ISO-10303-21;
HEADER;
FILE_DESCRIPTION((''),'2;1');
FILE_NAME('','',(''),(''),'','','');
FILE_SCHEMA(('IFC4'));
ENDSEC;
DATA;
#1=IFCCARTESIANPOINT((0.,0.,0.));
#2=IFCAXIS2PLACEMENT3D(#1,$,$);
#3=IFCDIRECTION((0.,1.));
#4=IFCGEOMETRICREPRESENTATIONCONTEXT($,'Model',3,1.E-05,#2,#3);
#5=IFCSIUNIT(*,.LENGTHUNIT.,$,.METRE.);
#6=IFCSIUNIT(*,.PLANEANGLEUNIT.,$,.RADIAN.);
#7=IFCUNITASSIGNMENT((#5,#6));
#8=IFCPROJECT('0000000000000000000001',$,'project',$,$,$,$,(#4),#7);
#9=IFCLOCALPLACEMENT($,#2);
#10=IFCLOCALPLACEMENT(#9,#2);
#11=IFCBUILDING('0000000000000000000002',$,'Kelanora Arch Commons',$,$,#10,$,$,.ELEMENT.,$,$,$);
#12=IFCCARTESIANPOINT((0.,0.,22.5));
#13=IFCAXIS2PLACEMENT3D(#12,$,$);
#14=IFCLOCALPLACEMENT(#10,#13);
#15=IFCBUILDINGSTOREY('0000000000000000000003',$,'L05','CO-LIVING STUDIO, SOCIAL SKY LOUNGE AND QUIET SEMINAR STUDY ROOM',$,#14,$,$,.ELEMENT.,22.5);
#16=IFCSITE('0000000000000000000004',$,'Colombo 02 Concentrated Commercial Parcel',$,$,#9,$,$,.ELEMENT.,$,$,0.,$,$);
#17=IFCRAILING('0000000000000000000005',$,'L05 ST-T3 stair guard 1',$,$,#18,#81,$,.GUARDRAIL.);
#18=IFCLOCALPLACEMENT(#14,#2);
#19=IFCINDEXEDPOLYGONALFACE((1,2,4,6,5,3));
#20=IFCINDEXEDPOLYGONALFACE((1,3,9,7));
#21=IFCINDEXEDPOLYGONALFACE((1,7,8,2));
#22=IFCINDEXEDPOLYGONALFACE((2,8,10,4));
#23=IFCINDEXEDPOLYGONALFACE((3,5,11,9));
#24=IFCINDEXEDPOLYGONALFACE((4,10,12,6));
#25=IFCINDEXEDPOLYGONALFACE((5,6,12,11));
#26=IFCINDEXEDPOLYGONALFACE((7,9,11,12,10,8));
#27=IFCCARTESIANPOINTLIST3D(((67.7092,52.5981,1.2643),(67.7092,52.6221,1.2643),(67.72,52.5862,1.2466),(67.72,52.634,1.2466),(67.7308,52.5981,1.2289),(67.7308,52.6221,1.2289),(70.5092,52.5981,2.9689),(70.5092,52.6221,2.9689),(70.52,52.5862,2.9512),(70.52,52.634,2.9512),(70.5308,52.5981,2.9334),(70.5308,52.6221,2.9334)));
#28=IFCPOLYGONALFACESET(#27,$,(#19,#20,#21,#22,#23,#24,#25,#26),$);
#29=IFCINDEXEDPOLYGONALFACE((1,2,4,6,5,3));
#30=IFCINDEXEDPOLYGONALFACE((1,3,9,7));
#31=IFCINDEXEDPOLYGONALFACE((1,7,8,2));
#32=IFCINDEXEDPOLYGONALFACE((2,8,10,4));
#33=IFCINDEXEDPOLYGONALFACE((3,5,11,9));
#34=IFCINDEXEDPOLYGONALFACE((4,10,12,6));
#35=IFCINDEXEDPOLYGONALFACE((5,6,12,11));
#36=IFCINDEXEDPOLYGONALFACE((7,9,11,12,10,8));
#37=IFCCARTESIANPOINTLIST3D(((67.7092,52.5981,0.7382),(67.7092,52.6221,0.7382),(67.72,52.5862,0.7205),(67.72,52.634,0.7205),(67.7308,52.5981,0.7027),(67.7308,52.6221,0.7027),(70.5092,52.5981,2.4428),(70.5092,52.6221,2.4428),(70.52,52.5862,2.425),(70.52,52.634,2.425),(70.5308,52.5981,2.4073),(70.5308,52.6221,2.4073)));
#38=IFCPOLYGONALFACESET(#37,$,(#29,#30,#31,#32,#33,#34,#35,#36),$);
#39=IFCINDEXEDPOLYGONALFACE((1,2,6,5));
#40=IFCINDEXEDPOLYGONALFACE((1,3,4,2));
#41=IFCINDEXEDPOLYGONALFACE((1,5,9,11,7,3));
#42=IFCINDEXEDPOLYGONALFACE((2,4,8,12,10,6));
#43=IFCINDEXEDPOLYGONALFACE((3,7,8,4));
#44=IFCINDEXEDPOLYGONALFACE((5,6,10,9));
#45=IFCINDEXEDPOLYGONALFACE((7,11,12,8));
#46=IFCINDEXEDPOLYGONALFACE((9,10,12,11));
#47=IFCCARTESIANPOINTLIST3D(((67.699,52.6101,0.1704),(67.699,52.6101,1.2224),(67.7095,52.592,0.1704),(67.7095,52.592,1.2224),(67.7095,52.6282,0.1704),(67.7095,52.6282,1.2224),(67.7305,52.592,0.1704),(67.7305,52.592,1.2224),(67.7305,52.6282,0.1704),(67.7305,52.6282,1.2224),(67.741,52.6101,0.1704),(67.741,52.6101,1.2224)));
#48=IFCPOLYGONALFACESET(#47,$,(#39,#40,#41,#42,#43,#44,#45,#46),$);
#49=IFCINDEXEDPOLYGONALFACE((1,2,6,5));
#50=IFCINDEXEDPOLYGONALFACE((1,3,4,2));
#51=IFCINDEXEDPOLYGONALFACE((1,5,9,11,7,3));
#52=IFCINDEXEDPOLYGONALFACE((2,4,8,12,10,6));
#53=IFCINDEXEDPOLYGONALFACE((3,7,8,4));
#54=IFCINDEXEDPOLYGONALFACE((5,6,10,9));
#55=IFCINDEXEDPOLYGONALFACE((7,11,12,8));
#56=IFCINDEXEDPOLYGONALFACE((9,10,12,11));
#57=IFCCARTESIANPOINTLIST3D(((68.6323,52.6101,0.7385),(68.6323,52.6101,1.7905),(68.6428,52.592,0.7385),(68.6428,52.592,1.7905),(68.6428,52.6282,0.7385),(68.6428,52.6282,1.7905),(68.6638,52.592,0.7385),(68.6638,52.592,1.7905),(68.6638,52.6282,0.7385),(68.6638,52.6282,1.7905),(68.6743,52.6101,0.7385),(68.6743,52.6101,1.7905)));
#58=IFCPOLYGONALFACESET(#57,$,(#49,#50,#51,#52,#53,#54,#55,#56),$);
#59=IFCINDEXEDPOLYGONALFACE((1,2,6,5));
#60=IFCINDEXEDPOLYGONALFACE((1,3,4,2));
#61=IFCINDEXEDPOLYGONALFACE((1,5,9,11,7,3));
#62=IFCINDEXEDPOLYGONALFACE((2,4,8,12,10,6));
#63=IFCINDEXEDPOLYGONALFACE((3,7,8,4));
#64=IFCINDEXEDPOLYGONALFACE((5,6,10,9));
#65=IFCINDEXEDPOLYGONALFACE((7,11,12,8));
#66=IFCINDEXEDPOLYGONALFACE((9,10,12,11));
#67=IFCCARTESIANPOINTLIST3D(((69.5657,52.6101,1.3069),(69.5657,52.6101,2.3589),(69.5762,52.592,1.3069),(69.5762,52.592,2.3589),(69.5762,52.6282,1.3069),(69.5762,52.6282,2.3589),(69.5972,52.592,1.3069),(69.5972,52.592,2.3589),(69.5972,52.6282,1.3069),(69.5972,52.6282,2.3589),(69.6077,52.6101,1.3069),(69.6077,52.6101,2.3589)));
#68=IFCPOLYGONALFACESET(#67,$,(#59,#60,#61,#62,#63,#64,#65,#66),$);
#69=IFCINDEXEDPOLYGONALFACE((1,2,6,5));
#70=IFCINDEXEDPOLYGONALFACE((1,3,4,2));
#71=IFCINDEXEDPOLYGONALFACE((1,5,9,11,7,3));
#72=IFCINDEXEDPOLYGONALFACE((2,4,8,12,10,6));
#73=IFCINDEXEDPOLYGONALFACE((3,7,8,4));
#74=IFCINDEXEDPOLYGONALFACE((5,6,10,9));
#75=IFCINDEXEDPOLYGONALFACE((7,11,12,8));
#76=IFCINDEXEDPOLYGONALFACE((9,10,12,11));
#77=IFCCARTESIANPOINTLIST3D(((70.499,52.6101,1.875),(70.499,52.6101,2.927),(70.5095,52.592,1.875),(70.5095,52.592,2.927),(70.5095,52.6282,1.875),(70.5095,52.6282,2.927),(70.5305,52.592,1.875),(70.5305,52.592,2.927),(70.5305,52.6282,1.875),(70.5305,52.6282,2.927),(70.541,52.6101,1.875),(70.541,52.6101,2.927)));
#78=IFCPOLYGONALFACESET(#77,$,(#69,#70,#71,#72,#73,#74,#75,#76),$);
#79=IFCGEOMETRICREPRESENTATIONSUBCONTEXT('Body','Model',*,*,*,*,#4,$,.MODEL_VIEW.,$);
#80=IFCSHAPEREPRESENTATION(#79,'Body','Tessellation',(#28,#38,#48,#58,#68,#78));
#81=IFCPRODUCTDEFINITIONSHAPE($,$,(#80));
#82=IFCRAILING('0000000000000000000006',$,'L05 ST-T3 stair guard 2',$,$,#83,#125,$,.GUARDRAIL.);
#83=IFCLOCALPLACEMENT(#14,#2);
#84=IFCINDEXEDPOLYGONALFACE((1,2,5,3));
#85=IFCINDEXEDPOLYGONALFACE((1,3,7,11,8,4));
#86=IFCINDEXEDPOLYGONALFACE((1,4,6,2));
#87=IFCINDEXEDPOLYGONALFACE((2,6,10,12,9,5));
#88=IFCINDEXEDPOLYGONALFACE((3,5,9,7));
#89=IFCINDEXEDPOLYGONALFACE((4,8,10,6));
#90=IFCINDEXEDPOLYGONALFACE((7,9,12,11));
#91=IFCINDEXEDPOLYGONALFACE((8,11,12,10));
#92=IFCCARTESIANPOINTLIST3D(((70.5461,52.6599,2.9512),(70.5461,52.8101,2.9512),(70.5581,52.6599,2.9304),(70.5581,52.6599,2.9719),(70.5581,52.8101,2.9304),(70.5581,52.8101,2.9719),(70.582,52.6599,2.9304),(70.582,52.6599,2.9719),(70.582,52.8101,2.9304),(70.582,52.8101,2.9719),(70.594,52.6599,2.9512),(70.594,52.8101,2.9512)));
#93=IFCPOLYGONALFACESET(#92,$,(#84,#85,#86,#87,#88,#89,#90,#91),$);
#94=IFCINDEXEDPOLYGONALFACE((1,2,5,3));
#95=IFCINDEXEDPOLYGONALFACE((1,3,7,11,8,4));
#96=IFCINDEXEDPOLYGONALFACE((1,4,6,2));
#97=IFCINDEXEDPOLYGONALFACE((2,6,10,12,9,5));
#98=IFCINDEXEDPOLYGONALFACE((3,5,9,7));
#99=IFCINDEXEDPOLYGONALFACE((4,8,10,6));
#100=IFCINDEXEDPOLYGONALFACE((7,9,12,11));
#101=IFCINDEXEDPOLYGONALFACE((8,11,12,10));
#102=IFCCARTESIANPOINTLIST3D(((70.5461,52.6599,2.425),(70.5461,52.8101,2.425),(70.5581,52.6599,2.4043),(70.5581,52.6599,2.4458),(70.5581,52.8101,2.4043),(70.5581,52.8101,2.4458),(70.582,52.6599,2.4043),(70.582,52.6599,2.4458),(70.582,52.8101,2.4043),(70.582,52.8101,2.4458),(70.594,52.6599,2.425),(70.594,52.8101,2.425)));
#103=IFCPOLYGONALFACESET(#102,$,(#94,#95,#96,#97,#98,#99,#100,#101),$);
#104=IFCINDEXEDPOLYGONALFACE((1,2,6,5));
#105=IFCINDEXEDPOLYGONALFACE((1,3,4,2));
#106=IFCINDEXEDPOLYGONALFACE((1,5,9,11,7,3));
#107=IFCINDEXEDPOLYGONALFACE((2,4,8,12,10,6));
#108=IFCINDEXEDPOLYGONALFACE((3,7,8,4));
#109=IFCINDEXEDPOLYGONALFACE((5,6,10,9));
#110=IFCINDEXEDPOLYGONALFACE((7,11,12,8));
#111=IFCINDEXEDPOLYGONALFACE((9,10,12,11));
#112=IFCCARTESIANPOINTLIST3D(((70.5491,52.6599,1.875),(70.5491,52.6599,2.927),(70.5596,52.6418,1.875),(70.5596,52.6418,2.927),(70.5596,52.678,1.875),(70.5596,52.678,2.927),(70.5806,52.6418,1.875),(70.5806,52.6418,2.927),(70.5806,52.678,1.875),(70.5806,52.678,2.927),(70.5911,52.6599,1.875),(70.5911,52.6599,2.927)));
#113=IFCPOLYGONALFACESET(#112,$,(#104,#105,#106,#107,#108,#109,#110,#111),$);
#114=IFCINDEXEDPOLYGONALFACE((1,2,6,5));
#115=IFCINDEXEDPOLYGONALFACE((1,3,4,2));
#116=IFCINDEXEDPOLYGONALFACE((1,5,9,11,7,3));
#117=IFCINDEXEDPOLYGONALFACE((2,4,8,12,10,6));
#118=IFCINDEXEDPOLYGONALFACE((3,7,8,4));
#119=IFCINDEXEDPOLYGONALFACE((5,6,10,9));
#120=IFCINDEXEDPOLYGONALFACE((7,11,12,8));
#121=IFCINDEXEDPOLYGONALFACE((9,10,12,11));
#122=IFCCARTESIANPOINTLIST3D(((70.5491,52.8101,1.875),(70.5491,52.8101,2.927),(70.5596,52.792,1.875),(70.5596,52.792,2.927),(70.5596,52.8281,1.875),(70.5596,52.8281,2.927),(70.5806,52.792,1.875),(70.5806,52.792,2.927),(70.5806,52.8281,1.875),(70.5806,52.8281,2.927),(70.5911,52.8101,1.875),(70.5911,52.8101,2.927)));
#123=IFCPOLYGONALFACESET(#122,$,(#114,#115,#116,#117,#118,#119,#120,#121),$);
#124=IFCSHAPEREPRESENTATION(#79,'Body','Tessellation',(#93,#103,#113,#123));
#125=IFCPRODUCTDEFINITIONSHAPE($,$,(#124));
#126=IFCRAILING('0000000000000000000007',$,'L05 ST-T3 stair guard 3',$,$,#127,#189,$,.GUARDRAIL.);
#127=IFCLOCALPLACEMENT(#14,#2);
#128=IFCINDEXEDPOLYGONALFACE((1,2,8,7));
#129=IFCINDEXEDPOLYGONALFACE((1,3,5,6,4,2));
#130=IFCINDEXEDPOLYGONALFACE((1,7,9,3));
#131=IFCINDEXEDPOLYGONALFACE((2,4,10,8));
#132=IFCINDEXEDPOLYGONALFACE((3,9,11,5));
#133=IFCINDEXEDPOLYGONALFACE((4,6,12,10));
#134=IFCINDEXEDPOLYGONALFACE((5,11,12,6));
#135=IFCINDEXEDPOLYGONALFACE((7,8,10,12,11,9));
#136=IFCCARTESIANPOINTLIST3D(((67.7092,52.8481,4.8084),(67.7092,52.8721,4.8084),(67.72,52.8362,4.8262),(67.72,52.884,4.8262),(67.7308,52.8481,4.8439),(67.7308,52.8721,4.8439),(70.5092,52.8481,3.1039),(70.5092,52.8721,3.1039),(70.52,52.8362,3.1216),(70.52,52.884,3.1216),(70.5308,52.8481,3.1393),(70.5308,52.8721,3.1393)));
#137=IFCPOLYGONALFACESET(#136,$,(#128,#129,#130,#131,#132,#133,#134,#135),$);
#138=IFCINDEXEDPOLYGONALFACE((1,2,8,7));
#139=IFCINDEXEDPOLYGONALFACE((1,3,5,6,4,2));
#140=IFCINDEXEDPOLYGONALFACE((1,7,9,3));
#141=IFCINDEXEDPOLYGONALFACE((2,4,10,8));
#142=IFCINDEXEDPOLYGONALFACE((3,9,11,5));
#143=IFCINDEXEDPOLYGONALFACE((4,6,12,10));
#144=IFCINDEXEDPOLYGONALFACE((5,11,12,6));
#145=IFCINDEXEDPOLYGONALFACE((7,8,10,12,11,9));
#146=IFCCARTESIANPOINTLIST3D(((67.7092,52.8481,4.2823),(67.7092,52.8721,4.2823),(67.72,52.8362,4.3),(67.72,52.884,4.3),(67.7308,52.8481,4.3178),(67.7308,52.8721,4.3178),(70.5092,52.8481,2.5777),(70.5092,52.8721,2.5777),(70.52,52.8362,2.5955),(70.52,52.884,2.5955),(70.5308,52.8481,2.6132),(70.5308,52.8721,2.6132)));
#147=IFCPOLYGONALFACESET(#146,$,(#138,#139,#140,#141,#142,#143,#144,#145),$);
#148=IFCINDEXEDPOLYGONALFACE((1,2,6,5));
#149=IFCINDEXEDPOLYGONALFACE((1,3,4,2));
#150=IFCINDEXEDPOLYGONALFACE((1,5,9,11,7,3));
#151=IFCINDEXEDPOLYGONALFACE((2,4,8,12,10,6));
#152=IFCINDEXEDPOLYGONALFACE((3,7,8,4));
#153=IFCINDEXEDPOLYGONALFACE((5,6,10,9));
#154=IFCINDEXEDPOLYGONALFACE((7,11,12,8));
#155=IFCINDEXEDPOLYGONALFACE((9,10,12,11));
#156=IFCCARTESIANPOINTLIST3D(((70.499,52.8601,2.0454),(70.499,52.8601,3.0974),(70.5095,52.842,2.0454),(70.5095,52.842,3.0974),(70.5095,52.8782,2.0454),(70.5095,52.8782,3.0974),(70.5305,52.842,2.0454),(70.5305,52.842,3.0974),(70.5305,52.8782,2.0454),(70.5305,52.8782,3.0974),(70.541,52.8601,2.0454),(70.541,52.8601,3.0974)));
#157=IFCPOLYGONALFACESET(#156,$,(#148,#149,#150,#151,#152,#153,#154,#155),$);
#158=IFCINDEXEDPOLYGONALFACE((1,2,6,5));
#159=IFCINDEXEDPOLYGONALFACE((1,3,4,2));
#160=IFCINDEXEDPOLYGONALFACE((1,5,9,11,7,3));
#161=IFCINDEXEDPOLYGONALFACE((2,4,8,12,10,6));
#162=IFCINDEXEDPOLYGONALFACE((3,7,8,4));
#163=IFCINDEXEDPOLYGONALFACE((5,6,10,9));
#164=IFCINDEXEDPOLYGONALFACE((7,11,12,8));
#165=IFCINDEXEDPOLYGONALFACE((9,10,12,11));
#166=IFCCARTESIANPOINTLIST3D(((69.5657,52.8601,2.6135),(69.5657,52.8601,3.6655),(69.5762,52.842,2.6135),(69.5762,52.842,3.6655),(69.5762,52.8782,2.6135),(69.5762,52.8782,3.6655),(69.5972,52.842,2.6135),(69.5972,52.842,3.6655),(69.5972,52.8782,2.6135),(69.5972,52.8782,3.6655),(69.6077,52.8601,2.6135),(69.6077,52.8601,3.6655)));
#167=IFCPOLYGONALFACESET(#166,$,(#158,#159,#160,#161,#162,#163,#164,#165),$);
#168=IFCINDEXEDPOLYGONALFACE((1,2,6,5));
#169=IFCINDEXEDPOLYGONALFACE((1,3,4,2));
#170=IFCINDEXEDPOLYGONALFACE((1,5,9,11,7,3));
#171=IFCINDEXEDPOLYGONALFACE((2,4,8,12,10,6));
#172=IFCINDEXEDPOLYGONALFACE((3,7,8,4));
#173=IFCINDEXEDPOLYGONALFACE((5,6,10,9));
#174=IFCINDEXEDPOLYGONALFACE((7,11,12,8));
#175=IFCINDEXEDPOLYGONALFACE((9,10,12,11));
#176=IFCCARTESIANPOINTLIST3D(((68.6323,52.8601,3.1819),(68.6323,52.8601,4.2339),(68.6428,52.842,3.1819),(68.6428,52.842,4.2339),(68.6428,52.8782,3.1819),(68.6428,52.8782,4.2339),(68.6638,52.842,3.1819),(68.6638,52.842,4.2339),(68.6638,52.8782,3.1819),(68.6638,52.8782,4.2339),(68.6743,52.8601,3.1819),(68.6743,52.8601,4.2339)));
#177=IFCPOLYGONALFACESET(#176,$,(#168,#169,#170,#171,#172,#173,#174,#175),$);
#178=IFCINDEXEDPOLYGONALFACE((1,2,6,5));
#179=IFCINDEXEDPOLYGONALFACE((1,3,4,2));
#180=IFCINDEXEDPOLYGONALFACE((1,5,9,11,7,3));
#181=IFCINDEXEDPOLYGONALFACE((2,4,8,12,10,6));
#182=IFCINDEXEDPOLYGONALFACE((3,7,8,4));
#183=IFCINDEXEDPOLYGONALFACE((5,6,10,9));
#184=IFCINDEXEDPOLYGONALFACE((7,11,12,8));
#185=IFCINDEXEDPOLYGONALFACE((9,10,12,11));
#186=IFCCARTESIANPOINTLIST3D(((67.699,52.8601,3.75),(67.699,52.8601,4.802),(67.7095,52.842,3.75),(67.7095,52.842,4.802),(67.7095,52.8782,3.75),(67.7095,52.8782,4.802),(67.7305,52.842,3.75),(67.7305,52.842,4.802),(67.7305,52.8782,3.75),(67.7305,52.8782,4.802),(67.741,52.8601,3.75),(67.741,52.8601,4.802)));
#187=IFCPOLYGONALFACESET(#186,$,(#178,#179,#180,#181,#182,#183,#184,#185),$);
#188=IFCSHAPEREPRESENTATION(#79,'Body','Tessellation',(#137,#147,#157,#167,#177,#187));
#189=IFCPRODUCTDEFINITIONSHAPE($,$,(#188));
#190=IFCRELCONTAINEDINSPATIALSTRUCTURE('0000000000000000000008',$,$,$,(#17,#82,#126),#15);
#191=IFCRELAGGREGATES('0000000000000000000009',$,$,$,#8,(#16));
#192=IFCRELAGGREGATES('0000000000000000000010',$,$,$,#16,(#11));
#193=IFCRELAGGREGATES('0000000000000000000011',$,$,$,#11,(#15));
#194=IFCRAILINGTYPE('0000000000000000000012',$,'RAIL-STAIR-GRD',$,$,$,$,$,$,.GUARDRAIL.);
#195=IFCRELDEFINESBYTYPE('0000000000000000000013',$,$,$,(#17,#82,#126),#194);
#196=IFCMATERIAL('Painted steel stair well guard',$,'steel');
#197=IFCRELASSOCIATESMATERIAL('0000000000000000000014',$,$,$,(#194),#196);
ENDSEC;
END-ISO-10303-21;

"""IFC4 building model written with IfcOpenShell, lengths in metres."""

from ifc_helpers import new_model, si_unit, direction, frame, origin, place, context, subcontext, project, spatial, polyline, outline, extrude, material, type_object, element, save


model = new_model("IFC4")

# Units and contexts
model_context = context("Model", 3, precision=1e-05, world=origin(), true_north=direction((0.0, 1.0)))
body_context = subcontext(model_context, "Body", "Model", "MODEL_VIEW")
ifc_project = project(units=[si_unit("LENGTHUNIT", "METRE"), si_unit("PLANEANGLEUNIT", "RADIAN")], contexts=[model_context])

# Site, building, storey
site_placement = place(None, origin())
site = spatial("IfcSite", under=ifc_project, at=site_placement, Name="Colombo 02 Concentrated Commercial Parcel", CompositionType="ELEMENT", RefElevation=0.0)
building_placement = place(site_placement, origin())
building = spatial("IfcBuilding", under=site, at=building_placement, Name="Kelanora Arch Commons", CompositionType="ELEMENT")
storey_placement = place(building_placement, frame((0.0, 0.0, 22.5)))
storey = spatial("IfcBuildingStorey", under=building, at=storey_placement, Name="L05", Description="CO-LIVING STUDIO, SOCIAL SKY LOUNGE AND QUIET SEMINAR STUDY ROOM", CompositionType="ELEMENT", Elevation=22.5)

# Railings
ifc_material_1 = material(Name="Painted steel stair well guard", Category="steel")
railing_type_1 = type_object("IfcRailingType", Name="RAIL-STAIR-GRD", PredefinedType="GUARDRAIL", material=ifc_material_1)
railing_1_placement = place(storey_placement, frame((67.72, 52.6101, 0.1704)))
element("IfcRailing", 1, at=railing_1_placement, inside=storey, type_object=railing_type_1, Name="L05 ST-T3 stair guard 1", PredefinedType="GUARDRAIL", context=body_context, shape_type="SweptSolid", body=[
    extrude(outline(polyline([(0.0239, 0.0), (0.012, 0.0208), (-0.012, 0.0208), (-0.0239, 0.0), (-0.012, -0.0208), (0.012, -0.0208), (0.0239, 0.0)])), frame((0.0, 0.0, 1.0762), z_axis=(0.85417, 0.0, 0.519994), x_axis=(0.0, 1.0, 0.0)), (0.0, 0.0, 1.0), 3.2781),
    extrude(outline(polyline([(0.0239, 0.0), (0.012, 0.0208), (-0.012, 0.0208), (-0.0239, 0.0), (-0.012, -0.0208), (0.012, -0.0208), (0.0239, 0.0)])), frame((0.0, 0.0, 0.55), z_axis=(0.85417, 0.0, 0.519994), x_axis=(0.0, 1.0, 0.0)), (0.0, 0.0, 1.0), 3.2781),
    extrude(outline(polyline([(0.021, 0.0), (0.0105, 0.0181), (-0.0105, 0.0181), (-0.021, 0.0), (-0.0105, -0.0181), (0.0105, -0.0181), (0.021, 0.0)])), origin(), (0.0, 0.0, 1.0), 1.052),
    extrude(outline(polyline([(0.021, 0.0), (0.0105, 0.0181), (-0.0105, 0.0181), (-0.021, 0.0), (-0.0105, -0.0181), (0.0105, -0.0181), (0.021, 0.0)])), frame((0.9333, 0.0, 0.5681)), (0.0, 0.0, 1.0), 1.052),
    extrude(outline(polyline([(0.021, 0.0), (0.0105, 0.0181), (-0.0105, 0.0181), (-0.021, 0.0), (-0.0105, -0.0181), (0.0105, -0.0181), (0.021, 0.0)])), frame((1.8667, 0.0, 1.1365)), (0.0, 0.0, 1.0), 1.052),
    extrude(outline(polyline([(0.021, 0.0), (0.0105, 0.0181), (-0.0105, 0.0181), (-0.021, 0.0), (-0.0105, -0.0181), (0.0105, -0.0181), (0.021, 0.0)])), frame((2.8, 0.0, 1.7046)), (0.0, 0.0, 1.0), 1.052),
])
railing_2_placement = place(storey_placement, frame((70.5701, 52.6599, 1.875)))
element("IfcRailing", 2, at=railing_2_placement, inside=storey, type_object=railing_type_1, Name="L05 ST-T3 stair guard 2", PredefinedType="GUARDRAIL", context=body_context, shape_type="SweptSolid", body=[
    extrude(outline(polyline([(0.0239, 0.0), (0.012, 0.0208), (-0.012, 0.0208), (-0.0239, 0.0), (-0.012, -0.0208), (0.012, -0.0208), (0.0239, 0.0)])), frame((0.0, 0.0, 1.0762), z_axis=(0.0, 1.0, 0.0), x_axis=(-1.0, 0.0, 0.0)), (0.0, 0.0, 1.0), 0.1501),
    extrude(outline(polyline([(0.0239, 0.0), (0.012, 0.0208), (-0.012, 0.0208), (-0.0239, 0.0), (-0.012, -0.0208), (0.012, -0.0208), (0.0239, 0.0)])), frame((0.0, 0.0, 0.55), z_axis=(0.0, 1.0, 0.0), x_axis=(-1.0, 0.0, 0.0)), (0.0, 0.0, 1.0), 0.1501),
    extrude(outline(polyline([(0.021, 0.0), (0.0105, 0.0181), (-0.0105, 0.0181), (-0.021, 0.0), (-0.0105, -0.0181), (0.0105, -0.0181), (0.021, 0.0)])), origin(), (0.0, 0.0, 1.0), 1.052),
    extrude(outline(polyline([(0.021, 0.0), (0.0105, 0.0181), (-0.0105, 0.0181), (-0.021, 0.0), (-0.0105, -0.0181), (0.0105, -0.0181), (0.021, 0.0)])), frame((0.0, 0.1501, 0.0)), (0.0, 0.0, 1.0), 1.052),
])
railing_3_placement = place(storey_placement, frame((70.52, 52.8601, 2.0454)))
element("IfcRailing", 3, at=railing_3_placement, inside=storey, type_object=railing_type_1, Name="L05 ST-T3 stair guard 3", PredefinedType="GUARDRAIL", context=body_context, shape_type="SweptSolid", body=[
    extrude(outline(polyline([(0.0239, 0.0), (0.012, 0.0208), (-0.012, 0.0208), (-0.0239, 0.0), (-0.012, -0.0208), (0.012, -0.0208), (0.0239, 0.0)])), frame((0.0, 0.0, 1.0762), z_axis=(-0.85417, 0.0, 0.519994), x_axis=(0.0, -1.0, 0.0)), (0.0, 0.0, 1.0), 3.2781),
    extrude(outline(polyline([(0.0239, 0.0), (0.012, 0.0208), (-0.012, 0.0208), (-0.0239, 0.0), (-0.012, -0.0208), (0.012, -0.0208), (0.0239, 0.0)])), frame((0.0, 0.0, 0.55), z_axis=(-0.85417, 0.0, 0.519994), x_axis=(0.0, -1.0, 0.0)), (0.0, 0.0, 1.0), 3.2781),
    extrude(outline(polyline([(0.021, 0.0), (0.0105, 0.0181), (-0.0105, 0.0181), (-0.021, 0.0), (-0.0105, -0.0181), (0.0105, -0.0181), (0.021, 0.0)])), origin(), (0.0, 0.0, 1.0), 1.052),
    extrude(outline(polyline([(0.021, 0.0), (0.0105, 0.0181), (-0.0105, 0.0181), (-0.021, 0.0), (-0.0105, -0.0181), (0.0105, -0.0181), (0.021, 0.0)])), frame((-0.9333, 0.0, 0.5681)), (0.0, 0.0, 1.0), 1.052),
    extrude(outline(polyline([(0.021, 0.0), (0.0105, 0.0181), (-0.0105, 0.0181), (-0.021, 0.0), (-0.0105, -0.0181), (0.0105, -0.0181), (0.021, 0.0)])), frame((-1.8667, 0.0, 1.1365)), (0.0, 0.0, 1.0), 1.052),
    extrude(outline(polyline([(0.021, 0.0), (0.0105, 0.0181), (-0.0105, 0.0181), (-0.021, 0.0), (-0.0105, -0.0181), (0.0105, -0.0181), (0.021, 0.0)])), frame((-2.8, 0.0, 1.7046)), (0.0, 0.0, 1.0), 1.052),
])

save(model, "model.ifc")
